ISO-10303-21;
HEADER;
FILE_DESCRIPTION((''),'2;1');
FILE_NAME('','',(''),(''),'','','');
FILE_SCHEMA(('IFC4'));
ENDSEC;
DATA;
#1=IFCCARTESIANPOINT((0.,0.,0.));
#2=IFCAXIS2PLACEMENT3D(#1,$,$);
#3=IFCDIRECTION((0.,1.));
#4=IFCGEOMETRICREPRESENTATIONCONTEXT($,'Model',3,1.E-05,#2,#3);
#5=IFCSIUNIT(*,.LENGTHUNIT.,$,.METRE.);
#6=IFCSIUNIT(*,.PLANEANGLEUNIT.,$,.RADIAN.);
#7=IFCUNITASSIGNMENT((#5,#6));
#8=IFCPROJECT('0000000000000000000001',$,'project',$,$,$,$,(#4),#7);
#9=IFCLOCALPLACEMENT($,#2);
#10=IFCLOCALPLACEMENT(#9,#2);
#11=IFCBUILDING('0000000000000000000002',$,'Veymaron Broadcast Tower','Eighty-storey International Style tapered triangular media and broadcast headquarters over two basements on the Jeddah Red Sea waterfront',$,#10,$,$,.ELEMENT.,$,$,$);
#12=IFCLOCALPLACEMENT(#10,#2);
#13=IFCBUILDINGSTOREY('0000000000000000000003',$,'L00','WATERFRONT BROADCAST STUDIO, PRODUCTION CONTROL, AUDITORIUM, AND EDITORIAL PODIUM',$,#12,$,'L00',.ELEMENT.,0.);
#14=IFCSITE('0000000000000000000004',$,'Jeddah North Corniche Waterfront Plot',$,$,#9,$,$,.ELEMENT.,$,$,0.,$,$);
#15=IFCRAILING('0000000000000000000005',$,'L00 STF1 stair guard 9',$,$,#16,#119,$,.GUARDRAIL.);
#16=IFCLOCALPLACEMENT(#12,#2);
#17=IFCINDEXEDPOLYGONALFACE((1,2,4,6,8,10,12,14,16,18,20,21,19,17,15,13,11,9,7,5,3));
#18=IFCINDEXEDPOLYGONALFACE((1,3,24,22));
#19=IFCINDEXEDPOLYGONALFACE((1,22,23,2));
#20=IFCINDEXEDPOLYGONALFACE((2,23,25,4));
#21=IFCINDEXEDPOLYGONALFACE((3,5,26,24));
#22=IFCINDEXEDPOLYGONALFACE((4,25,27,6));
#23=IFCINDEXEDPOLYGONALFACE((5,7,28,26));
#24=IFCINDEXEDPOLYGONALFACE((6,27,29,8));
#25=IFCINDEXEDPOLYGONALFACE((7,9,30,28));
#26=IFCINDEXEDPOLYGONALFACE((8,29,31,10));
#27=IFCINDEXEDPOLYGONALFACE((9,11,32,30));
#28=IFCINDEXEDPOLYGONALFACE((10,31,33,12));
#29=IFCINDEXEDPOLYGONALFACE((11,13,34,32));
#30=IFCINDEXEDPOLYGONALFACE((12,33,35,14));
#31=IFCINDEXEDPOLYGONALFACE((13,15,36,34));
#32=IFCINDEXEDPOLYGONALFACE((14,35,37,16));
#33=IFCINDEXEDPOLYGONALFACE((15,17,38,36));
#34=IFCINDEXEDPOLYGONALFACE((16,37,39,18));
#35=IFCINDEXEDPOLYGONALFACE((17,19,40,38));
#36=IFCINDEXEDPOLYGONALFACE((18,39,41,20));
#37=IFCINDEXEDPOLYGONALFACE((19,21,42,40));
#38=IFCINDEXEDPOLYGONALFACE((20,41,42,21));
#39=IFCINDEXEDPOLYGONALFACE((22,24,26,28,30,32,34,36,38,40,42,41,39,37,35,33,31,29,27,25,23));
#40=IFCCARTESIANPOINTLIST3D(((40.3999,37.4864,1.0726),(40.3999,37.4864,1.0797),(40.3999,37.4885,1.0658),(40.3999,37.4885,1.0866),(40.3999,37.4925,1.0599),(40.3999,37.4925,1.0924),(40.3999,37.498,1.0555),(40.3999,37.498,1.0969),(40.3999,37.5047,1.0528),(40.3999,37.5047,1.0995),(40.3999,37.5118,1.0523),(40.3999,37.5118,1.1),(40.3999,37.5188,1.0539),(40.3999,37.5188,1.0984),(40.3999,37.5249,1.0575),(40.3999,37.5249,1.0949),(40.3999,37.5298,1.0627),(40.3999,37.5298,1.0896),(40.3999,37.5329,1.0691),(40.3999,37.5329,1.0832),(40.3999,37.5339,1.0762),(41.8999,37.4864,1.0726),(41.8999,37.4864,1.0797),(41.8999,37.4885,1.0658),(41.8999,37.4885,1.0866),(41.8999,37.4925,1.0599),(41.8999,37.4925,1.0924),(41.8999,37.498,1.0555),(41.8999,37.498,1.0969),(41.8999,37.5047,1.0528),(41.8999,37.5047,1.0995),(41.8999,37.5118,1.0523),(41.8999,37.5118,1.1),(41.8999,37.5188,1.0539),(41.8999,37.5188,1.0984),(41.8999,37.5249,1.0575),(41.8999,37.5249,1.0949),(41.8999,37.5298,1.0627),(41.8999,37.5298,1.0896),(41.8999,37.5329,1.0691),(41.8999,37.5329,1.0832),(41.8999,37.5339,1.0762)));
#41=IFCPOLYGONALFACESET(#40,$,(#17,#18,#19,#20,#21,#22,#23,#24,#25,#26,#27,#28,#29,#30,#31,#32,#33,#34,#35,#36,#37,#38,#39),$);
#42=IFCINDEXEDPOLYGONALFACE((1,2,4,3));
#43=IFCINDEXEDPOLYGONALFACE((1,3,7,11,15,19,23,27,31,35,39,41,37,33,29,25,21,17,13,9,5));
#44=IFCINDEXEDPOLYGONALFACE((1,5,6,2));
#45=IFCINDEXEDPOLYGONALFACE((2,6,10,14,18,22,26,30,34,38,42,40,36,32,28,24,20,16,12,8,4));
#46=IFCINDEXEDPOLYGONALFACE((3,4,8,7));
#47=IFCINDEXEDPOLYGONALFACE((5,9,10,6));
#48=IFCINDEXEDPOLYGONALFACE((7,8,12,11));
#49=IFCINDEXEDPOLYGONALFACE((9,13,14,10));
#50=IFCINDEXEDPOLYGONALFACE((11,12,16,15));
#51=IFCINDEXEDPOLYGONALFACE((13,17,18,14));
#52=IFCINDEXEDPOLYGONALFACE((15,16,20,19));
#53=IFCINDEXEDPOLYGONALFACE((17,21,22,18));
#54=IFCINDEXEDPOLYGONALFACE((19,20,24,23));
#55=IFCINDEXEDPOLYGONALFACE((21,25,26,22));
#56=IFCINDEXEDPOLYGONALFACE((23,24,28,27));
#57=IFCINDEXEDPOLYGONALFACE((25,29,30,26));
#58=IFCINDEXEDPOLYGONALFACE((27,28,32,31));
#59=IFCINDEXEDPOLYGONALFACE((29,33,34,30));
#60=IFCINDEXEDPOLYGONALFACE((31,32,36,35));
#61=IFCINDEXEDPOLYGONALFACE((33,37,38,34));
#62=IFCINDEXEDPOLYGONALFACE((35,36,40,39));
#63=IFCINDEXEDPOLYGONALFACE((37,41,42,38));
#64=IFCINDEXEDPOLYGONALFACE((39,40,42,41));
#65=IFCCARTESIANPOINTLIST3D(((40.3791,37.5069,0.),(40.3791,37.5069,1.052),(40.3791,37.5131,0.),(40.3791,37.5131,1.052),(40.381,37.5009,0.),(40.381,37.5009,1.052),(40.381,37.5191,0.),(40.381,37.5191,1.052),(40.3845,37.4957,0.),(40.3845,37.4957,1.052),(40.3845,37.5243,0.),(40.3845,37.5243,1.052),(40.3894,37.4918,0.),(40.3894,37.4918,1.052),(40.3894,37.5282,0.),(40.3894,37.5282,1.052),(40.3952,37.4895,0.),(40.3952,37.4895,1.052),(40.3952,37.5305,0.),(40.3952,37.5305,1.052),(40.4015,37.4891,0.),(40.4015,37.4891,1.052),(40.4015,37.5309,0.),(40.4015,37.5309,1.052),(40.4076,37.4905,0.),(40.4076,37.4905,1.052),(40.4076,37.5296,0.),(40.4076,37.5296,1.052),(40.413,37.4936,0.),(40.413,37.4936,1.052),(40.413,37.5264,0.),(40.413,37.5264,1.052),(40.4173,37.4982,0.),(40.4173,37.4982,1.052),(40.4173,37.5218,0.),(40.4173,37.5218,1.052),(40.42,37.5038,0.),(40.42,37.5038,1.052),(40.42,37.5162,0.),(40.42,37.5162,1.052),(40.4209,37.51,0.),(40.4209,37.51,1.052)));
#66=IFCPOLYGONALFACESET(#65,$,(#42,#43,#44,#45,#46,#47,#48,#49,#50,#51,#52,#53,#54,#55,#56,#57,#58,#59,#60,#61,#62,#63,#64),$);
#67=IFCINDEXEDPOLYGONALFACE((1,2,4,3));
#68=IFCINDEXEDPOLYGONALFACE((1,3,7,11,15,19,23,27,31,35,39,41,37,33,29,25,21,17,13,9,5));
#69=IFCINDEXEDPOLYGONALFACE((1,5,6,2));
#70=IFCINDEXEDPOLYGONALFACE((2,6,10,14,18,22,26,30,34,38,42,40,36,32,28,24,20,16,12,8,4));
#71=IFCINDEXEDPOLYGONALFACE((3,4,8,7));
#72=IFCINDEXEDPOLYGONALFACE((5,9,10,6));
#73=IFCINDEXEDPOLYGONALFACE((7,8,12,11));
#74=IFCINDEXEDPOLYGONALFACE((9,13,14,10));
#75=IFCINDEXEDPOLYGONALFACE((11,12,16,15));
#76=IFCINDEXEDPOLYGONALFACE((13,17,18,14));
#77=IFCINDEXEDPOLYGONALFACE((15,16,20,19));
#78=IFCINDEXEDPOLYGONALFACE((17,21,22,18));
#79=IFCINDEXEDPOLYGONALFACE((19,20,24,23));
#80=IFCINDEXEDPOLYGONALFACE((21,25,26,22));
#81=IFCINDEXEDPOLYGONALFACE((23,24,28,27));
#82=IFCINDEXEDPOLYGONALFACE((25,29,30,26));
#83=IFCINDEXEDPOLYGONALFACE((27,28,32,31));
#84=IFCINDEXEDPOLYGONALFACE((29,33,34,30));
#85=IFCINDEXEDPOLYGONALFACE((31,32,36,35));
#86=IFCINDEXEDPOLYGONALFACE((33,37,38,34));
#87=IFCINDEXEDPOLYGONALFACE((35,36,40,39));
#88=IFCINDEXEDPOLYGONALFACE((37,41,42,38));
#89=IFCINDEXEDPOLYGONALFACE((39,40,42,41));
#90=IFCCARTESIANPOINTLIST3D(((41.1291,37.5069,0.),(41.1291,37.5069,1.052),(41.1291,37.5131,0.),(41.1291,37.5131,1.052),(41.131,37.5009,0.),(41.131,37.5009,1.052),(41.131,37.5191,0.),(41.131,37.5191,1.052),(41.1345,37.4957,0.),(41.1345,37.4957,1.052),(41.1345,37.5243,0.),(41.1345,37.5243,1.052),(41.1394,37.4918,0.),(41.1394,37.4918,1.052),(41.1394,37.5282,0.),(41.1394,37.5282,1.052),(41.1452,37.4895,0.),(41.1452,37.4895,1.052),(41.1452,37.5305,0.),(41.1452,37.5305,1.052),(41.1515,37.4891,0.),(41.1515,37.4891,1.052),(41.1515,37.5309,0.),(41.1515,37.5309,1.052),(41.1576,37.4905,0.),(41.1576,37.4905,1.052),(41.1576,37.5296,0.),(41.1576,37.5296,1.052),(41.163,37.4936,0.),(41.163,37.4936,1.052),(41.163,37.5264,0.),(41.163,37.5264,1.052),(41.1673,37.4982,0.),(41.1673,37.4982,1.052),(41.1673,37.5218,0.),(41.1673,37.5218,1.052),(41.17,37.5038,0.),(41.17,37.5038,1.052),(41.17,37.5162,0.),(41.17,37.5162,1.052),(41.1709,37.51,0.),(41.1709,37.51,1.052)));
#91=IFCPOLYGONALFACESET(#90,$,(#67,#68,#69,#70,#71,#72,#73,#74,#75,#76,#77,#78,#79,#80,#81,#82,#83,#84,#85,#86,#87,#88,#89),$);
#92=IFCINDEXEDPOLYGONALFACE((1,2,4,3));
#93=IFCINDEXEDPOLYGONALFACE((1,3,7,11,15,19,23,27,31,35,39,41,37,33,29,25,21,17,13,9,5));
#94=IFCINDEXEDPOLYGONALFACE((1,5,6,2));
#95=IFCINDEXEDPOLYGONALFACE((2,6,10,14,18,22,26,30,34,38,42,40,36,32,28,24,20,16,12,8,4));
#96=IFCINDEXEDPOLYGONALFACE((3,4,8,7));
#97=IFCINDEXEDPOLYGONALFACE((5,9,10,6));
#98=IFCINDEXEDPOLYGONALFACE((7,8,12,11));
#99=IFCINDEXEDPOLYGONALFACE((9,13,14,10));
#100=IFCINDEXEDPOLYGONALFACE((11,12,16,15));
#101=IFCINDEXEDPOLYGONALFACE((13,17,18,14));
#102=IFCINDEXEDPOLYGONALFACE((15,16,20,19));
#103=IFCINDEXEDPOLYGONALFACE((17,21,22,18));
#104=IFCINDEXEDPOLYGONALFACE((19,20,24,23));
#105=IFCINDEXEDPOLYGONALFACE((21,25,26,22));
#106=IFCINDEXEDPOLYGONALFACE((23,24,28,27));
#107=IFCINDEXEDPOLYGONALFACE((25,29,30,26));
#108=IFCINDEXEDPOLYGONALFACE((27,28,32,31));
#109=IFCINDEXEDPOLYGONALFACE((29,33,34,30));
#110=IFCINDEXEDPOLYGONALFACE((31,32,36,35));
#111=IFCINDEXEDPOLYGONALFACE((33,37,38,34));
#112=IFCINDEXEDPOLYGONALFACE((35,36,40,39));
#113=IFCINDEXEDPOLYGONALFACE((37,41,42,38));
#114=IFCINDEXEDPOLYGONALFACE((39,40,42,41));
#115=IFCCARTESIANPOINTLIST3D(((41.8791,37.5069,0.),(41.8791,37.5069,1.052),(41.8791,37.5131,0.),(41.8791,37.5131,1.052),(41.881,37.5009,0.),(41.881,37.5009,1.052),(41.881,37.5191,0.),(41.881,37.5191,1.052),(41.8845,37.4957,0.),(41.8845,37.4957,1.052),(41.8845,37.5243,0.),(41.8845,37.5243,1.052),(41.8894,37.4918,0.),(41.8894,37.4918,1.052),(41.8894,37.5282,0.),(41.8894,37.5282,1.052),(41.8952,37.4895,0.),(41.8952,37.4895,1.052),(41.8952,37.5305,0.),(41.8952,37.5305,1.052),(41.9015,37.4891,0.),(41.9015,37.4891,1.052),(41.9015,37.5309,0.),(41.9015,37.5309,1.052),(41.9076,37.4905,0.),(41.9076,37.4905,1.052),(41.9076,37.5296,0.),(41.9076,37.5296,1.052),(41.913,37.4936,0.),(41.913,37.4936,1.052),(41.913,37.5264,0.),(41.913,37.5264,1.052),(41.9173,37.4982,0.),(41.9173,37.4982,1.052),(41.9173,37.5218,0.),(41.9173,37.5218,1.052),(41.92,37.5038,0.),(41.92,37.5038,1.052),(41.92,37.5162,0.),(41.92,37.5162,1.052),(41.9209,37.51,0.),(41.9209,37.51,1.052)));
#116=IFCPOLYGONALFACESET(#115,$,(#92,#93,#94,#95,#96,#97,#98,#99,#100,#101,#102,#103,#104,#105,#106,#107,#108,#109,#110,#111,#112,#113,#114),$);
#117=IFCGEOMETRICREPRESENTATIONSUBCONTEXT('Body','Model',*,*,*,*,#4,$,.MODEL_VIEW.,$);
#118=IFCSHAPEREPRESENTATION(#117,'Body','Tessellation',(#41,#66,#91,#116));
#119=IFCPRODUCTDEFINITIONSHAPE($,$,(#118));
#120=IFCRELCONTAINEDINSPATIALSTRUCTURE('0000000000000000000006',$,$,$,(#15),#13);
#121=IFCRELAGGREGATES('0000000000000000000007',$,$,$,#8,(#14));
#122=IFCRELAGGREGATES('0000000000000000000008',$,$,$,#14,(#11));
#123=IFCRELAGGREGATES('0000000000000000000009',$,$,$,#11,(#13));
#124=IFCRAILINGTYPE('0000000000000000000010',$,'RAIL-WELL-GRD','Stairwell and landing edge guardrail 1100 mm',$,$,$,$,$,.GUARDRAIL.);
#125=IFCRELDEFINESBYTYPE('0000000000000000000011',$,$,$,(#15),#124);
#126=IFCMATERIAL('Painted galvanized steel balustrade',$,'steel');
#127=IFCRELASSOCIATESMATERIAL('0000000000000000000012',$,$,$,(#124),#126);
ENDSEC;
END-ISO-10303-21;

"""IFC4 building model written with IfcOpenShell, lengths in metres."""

from ifc_helpers import new_model, si_unit, direction, frame, origin, origin_2d, place, context, subcontext, project, spatial, circle, extrude, material, type_object, element, save


model = new_model("IFC4")

# Units and contexts
model_context = context("Model", 3, precision=1e-05, world=origin(), true_north=direction((0.0, 1.0)))
body_context = subcontext(model_context, "Body", "Model", "MODEL_VIEW")
ifc_project = project(units=[si_unit("LENGTHUNIT", "METRE"), si_unit("PLANEANGLEUNIT", "RADIAN")], contexts=[model_context])

# Site, building, storey
site_placement = place(None, origin())
site = spatial("IfcSite", under=ifc_project, at=site_placement, Name="Jeddah North Corniche Waterfront Plot", CompositionType="ELEMENT", RefElevation=0.0)
building_placement = place(site_placement, origin())
building = spatial("IfcBuilding", under=site, at=building_placement, Name="Veymaron Broadcast Tower", Description="Eighty-storey International Style tapered triangular media and broadcast headquarters over two basements on the Jeddah Red Sea waterfront", CompositionType="ELEMENT")
storey_placement = place(building_placement, origin())
storey = spatial("IfcBuildingStorey", under=building, at=storey_placement, Name="L00", Description="WATERFRONT BROADCAST STUDIO, PRODUCTION CONTROL, AUDITORIUM, AND EDITORIAL PODIUM", LongName="L00", CompositionType="ELEMENT", Elevation=0.0)

# Railing
ifc_material_1 = material(Name="Painted galvanized steel balustrade", Category="steel")
railing_type_1 = type_object("IfcRailingType", Name="RAIL-WELL-GRD", Description="Stairwell and landing edge guardrail 1100 mm", PredefinedType="GUARDRAIL", material=ifc_material_1)
for number, where, name in (
    (1, (40.3999, 37.51, 0.0), "L00 STF1 stair guard 9"),
):
    element("IfcRailing", number, at=place(storey_placement, frame(where)), inside=storey, type_object=railing_type_1, Name=name, PredefinedType="GUARDRAIL", context=body_context, shape_type="SweptSolid", body=[
        extrude(circle(Radius=0.0239, at=origin_2d()), frame((0.0, 0.0, 1.0762), z_axis=(1.0, 0.0, 0.0), x_axis=(0.0, 1.0, 0.0)), (0.0, 0.0, 1.0), 1.5),
        extrude(circle(Radius=0.021, at=origin_2d()), origin(), (0.0, 0.0, 1.0), 1.052),
        extrude(circle(Radius=0.021, at=origin_2d()), frame((0.75, 0.0, 0.0)), (0.0, 0.0, 1.0), 1.052),
        extrude(circle(Radius=0.021, at=origin_2d()), frame((1.5, 0.0, 0.0)), (0.0, 0.0, 1.0), 1.052),
    ])

save(model, "model.ifc")
